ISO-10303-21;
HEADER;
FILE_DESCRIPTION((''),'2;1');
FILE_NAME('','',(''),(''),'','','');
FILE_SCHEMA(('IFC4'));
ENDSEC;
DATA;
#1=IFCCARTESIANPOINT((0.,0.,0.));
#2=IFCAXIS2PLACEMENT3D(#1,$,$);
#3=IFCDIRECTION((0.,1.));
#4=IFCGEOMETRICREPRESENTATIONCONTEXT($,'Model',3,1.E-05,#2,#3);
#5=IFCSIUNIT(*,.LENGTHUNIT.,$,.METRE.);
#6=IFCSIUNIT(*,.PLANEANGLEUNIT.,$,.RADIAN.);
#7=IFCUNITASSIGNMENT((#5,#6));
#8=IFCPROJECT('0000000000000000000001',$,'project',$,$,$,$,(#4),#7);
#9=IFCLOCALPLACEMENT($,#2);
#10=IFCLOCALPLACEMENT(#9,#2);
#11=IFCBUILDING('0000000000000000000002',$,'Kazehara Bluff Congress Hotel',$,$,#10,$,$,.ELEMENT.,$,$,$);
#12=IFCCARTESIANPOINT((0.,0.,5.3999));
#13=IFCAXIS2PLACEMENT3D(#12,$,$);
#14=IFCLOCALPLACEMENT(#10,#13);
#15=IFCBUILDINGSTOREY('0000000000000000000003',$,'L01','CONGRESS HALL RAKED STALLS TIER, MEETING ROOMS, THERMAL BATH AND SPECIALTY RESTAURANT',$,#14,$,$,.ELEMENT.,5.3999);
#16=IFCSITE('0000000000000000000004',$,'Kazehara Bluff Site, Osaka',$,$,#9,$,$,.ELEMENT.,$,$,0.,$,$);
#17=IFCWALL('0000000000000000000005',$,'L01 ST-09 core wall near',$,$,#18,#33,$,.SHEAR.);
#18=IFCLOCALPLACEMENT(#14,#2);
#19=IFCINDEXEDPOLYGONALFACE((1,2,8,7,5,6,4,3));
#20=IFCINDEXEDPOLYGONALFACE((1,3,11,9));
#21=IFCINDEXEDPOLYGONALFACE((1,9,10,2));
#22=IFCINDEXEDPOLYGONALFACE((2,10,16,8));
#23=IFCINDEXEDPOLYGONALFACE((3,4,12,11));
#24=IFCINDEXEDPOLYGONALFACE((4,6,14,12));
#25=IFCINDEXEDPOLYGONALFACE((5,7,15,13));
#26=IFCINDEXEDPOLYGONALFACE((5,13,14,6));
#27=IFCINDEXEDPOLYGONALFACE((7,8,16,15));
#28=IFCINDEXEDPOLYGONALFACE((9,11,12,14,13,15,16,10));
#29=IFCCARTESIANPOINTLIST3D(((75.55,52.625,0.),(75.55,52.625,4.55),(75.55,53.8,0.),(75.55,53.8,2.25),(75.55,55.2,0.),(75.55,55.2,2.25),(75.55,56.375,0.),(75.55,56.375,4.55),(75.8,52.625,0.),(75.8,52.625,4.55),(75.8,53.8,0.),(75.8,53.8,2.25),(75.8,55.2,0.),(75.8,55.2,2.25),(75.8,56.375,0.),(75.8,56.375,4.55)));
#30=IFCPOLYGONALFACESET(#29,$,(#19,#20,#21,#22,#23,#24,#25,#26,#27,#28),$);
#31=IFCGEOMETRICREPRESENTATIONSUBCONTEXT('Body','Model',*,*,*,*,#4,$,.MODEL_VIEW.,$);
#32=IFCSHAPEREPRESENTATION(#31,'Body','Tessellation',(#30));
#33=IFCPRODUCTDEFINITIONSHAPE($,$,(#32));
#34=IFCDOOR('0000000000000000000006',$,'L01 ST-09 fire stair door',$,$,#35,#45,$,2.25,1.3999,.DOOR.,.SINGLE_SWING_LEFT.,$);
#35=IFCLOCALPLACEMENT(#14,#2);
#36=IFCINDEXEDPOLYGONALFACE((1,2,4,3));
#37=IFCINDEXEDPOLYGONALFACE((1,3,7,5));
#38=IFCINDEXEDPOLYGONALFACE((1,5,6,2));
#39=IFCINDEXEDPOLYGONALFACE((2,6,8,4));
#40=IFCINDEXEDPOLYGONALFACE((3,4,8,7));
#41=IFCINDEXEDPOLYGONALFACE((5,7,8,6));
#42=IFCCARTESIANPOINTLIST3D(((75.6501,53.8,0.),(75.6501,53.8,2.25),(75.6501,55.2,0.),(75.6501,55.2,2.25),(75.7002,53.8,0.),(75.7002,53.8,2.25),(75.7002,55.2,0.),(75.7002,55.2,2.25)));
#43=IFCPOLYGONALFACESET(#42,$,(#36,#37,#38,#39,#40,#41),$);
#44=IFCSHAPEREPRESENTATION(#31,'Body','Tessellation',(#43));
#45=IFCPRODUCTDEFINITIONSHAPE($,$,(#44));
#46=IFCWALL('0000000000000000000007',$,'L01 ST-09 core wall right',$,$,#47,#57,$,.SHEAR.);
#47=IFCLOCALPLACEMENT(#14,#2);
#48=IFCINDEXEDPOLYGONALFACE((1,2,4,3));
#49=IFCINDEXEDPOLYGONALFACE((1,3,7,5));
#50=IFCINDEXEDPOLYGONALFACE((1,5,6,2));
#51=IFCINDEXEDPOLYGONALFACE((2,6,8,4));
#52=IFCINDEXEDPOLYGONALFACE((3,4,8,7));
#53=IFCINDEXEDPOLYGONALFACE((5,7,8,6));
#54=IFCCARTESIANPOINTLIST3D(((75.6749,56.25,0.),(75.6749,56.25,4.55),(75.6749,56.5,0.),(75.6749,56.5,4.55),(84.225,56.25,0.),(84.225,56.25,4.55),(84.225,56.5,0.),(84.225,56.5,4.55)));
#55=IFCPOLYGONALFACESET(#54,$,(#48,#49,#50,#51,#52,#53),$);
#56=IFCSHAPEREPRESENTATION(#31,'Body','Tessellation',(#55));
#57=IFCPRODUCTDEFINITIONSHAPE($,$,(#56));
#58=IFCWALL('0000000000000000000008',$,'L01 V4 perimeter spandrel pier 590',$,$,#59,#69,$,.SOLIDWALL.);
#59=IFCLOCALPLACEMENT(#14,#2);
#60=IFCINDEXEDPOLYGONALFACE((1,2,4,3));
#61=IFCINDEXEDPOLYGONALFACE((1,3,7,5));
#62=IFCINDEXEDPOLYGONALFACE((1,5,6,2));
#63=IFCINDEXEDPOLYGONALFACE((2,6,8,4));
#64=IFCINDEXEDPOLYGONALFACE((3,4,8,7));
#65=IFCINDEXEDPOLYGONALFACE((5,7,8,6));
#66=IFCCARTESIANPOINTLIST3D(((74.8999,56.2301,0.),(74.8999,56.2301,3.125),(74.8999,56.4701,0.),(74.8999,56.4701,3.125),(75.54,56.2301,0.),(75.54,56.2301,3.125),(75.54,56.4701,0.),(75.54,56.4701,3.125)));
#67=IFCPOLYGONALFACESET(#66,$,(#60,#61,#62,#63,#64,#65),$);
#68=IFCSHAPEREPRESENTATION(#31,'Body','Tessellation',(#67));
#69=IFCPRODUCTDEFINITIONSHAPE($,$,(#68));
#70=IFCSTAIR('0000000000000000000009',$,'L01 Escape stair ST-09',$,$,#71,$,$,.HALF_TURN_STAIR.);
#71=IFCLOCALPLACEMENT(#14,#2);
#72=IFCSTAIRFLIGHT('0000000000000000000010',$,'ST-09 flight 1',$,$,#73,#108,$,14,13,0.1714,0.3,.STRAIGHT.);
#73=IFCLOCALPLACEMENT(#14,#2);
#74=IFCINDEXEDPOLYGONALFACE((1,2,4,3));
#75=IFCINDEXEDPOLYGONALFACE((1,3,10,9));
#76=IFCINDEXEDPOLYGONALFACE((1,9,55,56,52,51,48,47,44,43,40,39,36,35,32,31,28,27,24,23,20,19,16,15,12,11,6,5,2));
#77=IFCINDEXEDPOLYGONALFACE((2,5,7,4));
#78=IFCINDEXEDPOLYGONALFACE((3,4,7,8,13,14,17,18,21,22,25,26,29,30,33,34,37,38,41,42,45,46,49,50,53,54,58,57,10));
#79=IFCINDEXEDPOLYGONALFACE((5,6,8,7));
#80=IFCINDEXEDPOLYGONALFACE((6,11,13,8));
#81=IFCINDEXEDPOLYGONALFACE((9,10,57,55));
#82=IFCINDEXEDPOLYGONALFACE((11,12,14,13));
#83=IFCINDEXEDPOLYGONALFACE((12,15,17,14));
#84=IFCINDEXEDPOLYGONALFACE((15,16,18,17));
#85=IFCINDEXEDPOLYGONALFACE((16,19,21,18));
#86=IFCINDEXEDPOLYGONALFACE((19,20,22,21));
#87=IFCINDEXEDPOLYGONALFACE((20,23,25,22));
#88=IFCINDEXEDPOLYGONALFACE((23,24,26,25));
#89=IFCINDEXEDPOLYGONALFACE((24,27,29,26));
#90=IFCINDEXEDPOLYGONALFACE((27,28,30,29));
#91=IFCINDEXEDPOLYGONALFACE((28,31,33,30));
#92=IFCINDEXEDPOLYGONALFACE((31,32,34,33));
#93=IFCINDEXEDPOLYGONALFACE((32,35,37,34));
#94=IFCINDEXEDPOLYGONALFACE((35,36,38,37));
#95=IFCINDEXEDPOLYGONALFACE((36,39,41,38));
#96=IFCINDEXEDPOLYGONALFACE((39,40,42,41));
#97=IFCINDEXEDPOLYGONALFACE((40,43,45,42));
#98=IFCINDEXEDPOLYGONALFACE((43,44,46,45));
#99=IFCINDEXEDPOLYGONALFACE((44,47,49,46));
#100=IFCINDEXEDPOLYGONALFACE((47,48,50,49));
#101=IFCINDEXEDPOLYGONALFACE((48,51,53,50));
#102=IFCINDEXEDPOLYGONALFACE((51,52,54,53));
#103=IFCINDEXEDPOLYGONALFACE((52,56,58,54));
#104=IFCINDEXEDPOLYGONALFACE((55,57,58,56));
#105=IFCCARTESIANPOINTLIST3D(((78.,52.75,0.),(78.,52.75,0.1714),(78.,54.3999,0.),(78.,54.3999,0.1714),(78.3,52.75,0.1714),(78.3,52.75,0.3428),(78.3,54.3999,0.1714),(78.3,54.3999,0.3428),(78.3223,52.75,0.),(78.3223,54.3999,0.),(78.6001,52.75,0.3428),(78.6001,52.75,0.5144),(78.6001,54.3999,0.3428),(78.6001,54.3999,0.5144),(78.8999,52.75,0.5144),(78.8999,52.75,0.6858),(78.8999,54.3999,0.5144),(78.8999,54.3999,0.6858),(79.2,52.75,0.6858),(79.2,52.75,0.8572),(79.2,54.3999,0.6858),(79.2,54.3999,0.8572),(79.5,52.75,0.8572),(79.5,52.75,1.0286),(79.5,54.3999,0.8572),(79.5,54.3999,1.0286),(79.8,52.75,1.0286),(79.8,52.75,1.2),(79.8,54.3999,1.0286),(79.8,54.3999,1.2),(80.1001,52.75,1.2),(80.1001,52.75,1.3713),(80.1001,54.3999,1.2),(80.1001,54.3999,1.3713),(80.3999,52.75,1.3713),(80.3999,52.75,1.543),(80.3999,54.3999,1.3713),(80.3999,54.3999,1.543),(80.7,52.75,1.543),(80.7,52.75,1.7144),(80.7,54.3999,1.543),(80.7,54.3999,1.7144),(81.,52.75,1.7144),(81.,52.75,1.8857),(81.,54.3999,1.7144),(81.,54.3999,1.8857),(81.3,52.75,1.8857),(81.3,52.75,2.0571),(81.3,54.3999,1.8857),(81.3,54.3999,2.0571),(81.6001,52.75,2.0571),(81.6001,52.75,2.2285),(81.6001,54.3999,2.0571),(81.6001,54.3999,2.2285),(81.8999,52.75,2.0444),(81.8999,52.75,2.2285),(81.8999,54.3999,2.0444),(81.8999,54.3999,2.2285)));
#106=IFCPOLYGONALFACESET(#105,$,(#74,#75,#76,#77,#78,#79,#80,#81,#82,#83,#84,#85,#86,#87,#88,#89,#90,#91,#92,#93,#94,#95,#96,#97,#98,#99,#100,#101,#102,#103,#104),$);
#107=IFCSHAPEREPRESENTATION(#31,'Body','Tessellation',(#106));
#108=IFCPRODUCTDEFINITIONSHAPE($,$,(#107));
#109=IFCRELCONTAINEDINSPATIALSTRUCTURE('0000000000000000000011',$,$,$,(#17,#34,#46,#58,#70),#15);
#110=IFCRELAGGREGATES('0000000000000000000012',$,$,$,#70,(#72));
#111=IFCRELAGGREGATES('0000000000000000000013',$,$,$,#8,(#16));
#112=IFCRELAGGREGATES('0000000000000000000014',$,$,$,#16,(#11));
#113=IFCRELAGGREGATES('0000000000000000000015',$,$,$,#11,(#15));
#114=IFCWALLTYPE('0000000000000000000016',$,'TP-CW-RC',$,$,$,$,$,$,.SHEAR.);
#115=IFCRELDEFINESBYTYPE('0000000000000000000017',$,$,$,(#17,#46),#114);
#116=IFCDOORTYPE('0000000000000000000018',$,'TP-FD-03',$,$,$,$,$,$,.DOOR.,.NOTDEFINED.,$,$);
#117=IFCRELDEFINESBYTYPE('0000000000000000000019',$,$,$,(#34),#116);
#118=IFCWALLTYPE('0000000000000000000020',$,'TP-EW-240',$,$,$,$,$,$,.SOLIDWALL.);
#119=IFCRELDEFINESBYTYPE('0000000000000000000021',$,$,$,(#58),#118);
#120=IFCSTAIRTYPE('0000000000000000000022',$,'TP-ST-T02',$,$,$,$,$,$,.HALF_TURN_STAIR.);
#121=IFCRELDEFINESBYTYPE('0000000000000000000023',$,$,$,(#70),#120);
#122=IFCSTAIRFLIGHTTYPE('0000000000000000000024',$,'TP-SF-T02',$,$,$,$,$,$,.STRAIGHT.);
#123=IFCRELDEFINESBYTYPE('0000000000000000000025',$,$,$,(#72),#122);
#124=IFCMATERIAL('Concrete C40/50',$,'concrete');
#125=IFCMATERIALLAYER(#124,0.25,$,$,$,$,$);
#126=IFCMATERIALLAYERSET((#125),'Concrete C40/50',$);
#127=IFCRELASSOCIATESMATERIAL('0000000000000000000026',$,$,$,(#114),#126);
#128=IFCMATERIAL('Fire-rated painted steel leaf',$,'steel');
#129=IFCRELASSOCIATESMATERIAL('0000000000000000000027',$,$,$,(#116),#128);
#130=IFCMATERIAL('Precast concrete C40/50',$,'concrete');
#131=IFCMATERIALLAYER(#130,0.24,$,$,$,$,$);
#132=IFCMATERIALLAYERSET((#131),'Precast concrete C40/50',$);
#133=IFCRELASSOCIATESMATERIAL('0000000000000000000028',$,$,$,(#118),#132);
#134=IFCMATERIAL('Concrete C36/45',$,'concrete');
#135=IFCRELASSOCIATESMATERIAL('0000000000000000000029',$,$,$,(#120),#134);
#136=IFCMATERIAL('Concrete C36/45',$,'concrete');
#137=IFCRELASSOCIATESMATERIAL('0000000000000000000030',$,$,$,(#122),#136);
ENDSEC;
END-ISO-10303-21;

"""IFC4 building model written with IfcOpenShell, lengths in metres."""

from ifc_helpers import new_model, si_unit, direction, frame, frame_2d, origin, place, context, subcontext, project, spatial, polyline, rectangle, outline, extrude, material, layer, layer_set, type_object, element, fill, aggregate, save


model = new_model("IFC4")

# Units and contexts
model_context = context("Model", 3, precision=1e-05, world=origin(), true_north=direction((0.0, 1.0)))
body_context = subcontext(model_context, "Body", "Model", "MODEL_VIEW")
ifc_project = project(units=[si_unit("LENGTHUNIT", "METRE"), si_unit("PLANEANGLEUNIT", "RADIAN")], contexts=[model_context])

# Site, building, storey
site_placement = place(None, origin())
site = spatial("IfcSite", under=ifc_project, at=site_placement, Name="Kazehara Bluff Site, Osaka", CompositionType="ELEMENT", RefElevation=0.0)
building_placement = place(site_placement, origin())
building = spatial("IfcBuilding", under=site, at=building_placement, Name="Kazehara Bluff Congress Hotel", CompositionType="ELEMENT")
storey_placement = place(building_placement, frame((0.0, 0.0, 5.3999)))
storey = spatial("IfcBuildingStorey", under=building, at=storey_placement, Name="L01", Description="CONGRESS HALL RAKED STALLS TIER, MEETING ROOMS, THERMAL BATH AND SPECIALTY RESTAURANT", CompositionType="ELEMENT", Elevation=5.3999)

# Wall, opening, door
ifc_material_1 = material(Name="Concrete C40/50", Category="concrete")
ifc_layer_1 = layer(ifc_material_1, 0.25)
ifc_layer_set_1 = layer_set([ifc_layer_1], Name="Concrete C40/50")
wall_type_1 = type_object("IfcWallType", Name="TP-CW-RC", PredefinedType="SHEAR", material=ifc_layer_set_1)
wall_1_placement = place(storey_placement, frame((75.675, 52.625, 0.0), z_axis=(0.0, 0.0, 1.0), x_axis=(0.0, 1.0, 0.0)))
wall_1 = element("IfcWall", 1, at=wall_1_placement, inside=storey, type_object=wall_type_1, Name="L01 ST-09 core wall near", PredefinedType="SHEAR", context=body_context, shape_type="SweptSolid", body=[
    extrude(rectangle(XDim=3.75, YDim=0.25, at=frame_2d((1.875, 0.0))), origin(), (0.0, 0.0, 1.0), 4.55),
])
opening_placement = place(wall_1_placement, frame((1.175, 0.0, 0.0)))
opening = element("IfcOpeningElement", 2, at=opening_placement, cuts=wall_1, PredefinedType="OPENING", context=body_context, shape_type="SweptSolid", body=[
    extrude(rectangle(XDim=1.3999, YDim=2.25, at=frame_2d((0.7, 1.125))), frame((0.0, 0.135, 0.0), z_axis=(0.0, -1.0, 0.0), x_axis=(1.0, 0.0, 0.0)), (0.0, 0.0, 1.0), 0.27),
])
ifc_material_2 = material(Name="Fire-rated painted steel leaf", Category="steel")
door_type = type_object("IfcDoorType", Name="TP-FD-03", OperationType="NOTDEFINED", PredefinedType="DOOR", material=ifc_material_2)
door_placement = place(opening_placement, origin())
door = element("IfcDoor", 3, at=door_placement, inside=storey, type_object=door_type, Name="L01 ST-09 fire stair door", OperationType="SINGLE_SWING_LEFT", OverallHeight=2.25, OverallWidth=1.3999, PredefinedType="DOOR", context=body_context, shape_type="SweptSolid", body=[
    extrude(rectangle(XDim=1.3999, YDim=2.25, at=frame_2d((0.7, 1.125))), frame((0.0, 0.0249, 0.0), z_axis=(0.0, -1.0, 0.0), x_axis=(1.0, 0.0, 0.0)), (0.0, 0.0, 1.0), 0.05),
])
fill(opening, door)

# Walls
wall_2_placement = place(storey_placement, frame((75.675, 56.375, 0.0), z_axis=(0.0, 0.0, 1.0), x_axis=(1.0, 0.0, 0.0)))
element("IfcWall", 4, at=wall_2_placement, inside=storey, type_object=wall_type_1, Name="L01 ST-09 core wall right", PredefinedType="SHEAR", context=body_context, shape_type="SweptSolid", body=[
    extrude(rectangle(XDim=8.55, YDim=0.25, at=frame_2d((4.2749, 0.0))), origin(), (0.0, 0.0, 1.0), 4.55),
])
ifc_material_3 = material(Name="Precast concrete C40/50", Category="concrete")
ifc_layer_2 = layer(ifc_material_3, 0.24)
ifc_layer_set_2 = layer_set([ifc_layer_2], Name="Precast concrete C40/50")
wall_type_2 = type_object("IfcWallType", Name="TP-EW-240", PredefinedType="SOLIDWALL", material=ifc_layer_set_2)
wall_3_placement = place(storey_placement, frame((74.8999, 56.3501, 0.0), z_axis=(0.0, 0.0, 1.0), x_axis=(1.0, 0.0, 0.0)))
element("IfcWall", 5, at=wall_3_placement, inside=storey, type_object=wall_type_2, Name="L01 V4 perimeter spandrel pier 590", PredefinedType="SOLIDWALL", context=body_context, shape_type="SweptSolid", body=[
    extrude(rectangle(XDim=0.6401, YDim=0.24, at=frame_2d((0.3201, 0.0))), origin(), (0.0, 0.0, 1.0), 3.125),
])

# Stair, stair flight
ifc_material_4 = material(Name="Concrete C36/45", Category="concrete")
stair_type = type_object("IfcStairType", Name="TP-ST-T02", PredefinedType="HALF_TURN_STAIR", material=ifc_material_4)
stair_placement = place(storey_placement, origin())
stair = element("IfcStair", 6, at=stair_placement, inside=storey, type_object=stair_type, Name="L01 Escape stair ST-09", PredefinedType="HALF_TURN_STAIR")
ifc_material_5 = material(Name="Concrete C36/45", Category="concrete")
stair_flight_type = type_object("IfcStairFlightType", Name="TP-SF-T02", PredefinedType="STRAIGHT", material=ifc_material_5)
stair_flight_placement = place(storey_placement, frame((78.0, 53.575, 0.0), z_axis=(0.0, 0.0, 1.0), x_axis=(1.0, 0.0, 0.0)))
stair_flight = element("IfcStairFlight", 7, at=stair_flight_placement, type_object=stair_flight_type, Name="ST-09 flight 1", NumberOfRisers=14, NumberOfTreads=13, PredefinedType="STRAIGHT", RiserHeight=0.1714, TreadLength=0.3, context=body_context, shape_type="SweptSolid", body=[
    extrude(outline(polyline([(0.0, 0.0), (0.0, 0.1714), (0.3, 0.1714), (0.3, 0.3428), (0.6001, 0.3428), (0.6001, 0.5144), (0.8999, 0.5144), (0.8999, 0.6858), (1.2, 0.6858), (1.2, 0.8572), (1.5, 0.8572), (1.5, 1.0286), (1.8, 1.0286), (1.8, 1.2), (2.1001, 1.2), (2.1001, 1.3713), (2.3999, 1.3713), (2.3999, 1.543), (2.7, 1.543), (2.7, 1.7144), (3.0, 1.7144), (3.0, 1.8857), (3.3, 1.8857), (3.3, 2.0571), (3.6001, 2.0571), (3.6001, 2.2285), (3.8999, 2.2285), (3.8999, 2.3999), (3.8999, 2.0444), (0.3223, 0.0), (0.0, 0.0)])), frame((0.0, 0.825, 0.0), z_axis=(0.0, -1.0, 0.0), x_axis=(1.0, 0.0, 0.0)), (0.0, 0.0, 1.0), 1.6499),
])
aggregate(stair, [stair_flight])

save(model, "model.ifc")
